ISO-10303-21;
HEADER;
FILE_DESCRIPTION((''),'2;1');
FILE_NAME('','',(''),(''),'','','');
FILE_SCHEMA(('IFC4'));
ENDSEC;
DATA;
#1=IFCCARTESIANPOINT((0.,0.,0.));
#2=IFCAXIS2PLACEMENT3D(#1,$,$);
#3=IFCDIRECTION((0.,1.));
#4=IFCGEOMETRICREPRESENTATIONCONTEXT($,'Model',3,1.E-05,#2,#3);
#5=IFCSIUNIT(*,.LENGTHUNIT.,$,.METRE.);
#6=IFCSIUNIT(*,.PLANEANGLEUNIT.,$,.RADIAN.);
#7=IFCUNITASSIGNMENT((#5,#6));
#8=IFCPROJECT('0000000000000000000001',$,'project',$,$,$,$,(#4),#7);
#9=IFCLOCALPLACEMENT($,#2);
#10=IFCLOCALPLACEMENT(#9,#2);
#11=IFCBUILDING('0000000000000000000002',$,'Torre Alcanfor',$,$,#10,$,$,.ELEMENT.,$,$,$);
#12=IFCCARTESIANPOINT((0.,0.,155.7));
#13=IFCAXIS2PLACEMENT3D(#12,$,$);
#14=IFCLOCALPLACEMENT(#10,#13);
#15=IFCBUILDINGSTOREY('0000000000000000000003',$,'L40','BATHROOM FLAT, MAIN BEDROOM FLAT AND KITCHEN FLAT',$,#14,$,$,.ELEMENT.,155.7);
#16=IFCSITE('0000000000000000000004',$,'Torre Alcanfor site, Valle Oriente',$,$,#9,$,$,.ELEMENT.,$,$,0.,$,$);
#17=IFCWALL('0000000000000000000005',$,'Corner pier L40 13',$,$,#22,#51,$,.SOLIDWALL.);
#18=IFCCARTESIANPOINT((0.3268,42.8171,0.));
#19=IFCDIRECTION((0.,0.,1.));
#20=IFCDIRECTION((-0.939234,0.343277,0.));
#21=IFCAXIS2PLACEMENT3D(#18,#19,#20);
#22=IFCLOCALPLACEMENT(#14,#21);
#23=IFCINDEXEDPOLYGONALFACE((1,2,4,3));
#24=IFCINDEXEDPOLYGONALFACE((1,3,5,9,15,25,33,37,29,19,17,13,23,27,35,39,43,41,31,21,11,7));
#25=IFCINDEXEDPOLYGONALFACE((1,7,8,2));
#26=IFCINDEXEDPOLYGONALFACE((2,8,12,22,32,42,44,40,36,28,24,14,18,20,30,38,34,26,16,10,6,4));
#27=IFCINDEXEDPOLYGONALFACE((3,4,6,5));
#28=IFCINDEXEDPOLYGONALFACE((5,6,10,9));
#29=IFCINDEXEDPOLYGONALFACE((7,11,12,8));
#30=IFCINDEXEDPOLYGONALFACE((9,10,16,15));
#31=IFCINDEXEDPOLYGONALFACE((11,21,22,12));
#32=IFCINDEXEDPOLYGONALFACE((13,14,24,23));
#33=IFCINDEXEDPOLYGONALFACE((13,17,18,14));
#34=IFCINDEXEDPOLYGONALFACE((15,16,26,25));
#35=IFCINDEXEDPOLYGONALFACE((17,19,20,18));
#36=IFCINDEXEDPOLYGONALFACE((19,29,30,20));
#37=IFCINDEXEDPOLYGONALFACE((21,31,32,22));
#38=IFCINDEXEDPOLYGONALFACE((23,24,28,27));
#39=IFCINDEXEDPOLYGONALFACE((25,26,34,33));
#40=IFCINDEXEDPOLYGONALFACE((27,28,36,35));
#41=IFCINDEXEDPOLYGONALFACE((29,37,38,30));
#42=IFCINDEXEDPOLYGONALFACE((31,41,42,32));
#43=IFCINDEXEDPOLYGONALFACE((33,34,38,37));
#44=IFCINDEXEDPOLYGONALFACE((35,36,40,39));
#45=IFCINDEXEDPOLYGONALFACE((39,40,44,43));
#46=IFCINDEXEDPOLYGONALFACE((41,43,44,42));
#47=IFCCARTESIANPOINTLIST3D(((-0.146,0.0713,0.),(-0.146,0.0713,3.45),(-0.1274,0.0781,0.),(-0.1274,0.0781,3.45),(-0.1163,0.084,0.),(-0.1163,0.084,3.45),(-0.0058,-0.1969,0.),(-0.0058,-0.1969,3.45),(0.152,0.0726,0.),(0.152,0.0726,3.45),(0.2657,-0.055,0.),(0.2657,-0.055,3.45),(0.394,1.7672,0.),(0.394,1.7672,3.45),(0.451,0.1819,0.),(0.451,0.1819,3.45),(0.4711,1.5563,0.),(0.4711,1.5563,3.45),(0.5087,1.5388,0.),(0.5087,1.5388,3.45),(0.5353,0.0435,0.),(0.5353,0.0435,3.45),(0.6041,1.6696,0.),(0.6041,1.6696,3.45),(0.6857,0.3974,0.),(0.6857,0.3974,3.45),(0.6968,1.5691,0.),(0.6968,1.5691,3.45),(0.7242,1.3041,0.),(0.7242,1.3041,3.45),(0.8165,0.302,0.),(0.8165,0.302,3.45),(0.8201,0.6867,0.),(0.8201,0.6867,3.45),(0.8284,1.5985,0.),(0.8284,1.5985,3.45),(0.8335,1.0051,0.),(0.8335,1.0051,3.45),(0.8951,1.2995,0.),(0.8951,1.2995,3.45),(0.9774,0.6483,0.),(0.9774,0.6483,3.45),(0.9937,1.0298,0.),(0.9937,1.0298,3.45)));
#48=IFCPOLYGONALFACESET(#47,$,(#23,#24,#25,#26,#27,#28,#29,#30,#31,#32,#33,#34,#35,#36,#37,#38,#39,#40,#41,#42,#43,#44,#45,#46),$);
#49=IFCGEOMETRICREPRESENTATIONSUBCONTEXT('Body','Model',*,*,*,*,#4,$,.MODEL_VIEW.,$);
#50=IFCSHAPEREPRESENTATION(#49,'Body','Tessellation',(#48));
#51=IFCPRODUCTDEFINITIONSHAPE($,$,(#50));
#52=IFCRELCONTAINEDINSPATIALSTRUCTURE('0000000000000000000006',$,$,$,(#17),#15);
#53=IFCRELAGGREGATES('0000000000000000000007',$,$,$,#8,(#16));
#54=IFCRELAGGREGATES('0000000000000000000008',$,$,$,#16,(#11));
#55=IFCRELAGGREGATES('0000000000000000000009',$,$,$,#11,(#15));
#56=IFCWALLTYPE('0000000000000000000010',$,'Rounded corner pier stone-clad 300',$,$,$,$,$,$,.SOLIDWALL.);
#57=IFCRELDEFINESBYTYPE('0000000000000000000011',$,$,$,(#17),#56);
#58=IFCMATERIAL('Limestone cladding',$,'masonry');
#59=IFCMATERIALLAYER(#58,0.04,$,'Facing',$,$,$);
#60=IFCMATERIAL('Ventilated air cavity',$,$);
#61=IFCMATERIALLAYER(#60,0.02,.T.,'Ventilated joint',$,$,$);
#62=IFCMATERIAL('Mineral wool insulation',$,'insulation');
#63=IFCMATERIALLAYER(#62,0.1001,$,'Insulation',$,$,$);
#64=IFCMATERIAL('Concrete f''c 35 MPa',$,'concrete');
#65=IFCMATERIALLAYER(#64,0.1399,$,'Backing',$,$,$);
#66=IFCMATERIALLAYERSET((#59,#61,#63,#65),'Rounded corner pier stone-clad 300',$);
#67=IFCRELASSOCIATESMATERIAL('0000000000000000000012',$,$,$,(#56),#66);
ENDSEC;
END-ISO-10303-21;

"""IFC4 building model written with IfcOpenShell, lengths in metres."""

from ifc_helpers import new_model, si_unit, direction, frame, origin, place, context, subcontext, project, spatial, polyline, outline, extrude, material, layer, layer_set, type_object, element, save


model = new_model("IFC4")

# Units and contexts
model_context = context("Model", 3, precision=1e-05, world=origin(), true_north=direction((0.0, 1.0)))
body_context = subcontext(model_context, "Body", "Model", "MODEL_VIEW")
ifc_project = project(units=[si_unit("LENGTHUNIT", "METRE"), si_unit("PLANEANGLEUNIT", "RADIAN")], contexts=[model_context])

# Site, building, storey
site_placement = place(None, origin())
site = spatial("IfcSite", under=ifc_project, at=site_placement, Name="Torre Alcanfor site, Valle Oriente", CompositionType="ELEMENT", RefElevation=0.0)
building_placement = place(site_placement, origin())
building = spatial("IfcBuilding", under=site, at=building_placement, Name="Torre Alcanfor", CompositionType="ELEMENT")
storey_placement = place(building_placement, frame((0.0, 0.0, 155.7)))
storey = spatial("IfcBuildingStorey", under=building, at=storey_placement, Name="L40", Description="BATHROOM FLAT, MAIN BEDROOM FLAT AND KITCHEN FLAT", CompositionType="ELEMENT", Elevation=155.7)

# Wall
ifc_material_1 = material(Name="Limestone cladding", Category="masonry")
ifc_layer_1 = layer(ifc_material_1, 0.04, Name="Facing")
ifc_material_2 = material(Name="Ventilated air cavity")
ifc_layer_2 = layer(ifc_material_2, 0.02, ventilated=True, Name="Ventilated joint")
ifc_material_3 = material(Name="Mineral wool insulation", Category="insulation")
ifc_layer_3 = layer(ifc_material_3, 0.1001, Name="Insulation")
ifc_material_4 = material(Name="Concrete f'c 35 MPa", Category="concrete")
ifc_layer_4 = layer(ifc_material_4, 0.1399, Name="Backing")
ifc_layer_set_1 = layer_set([ifc_layer_1, ifc_layer_2, ifc_layer_3, ifc_layer_4], Name="Rounded corner pier stone-clad 300")
wall_type_1 = type_object("IfcWallType", Name="Rounded corner pier stone-clad 300", PredefinedType="SOLIDWALL", material=ifc_layer_set_1)
wall_1_placement = place(storey_placement, frame((0.3268, 42.8171, 0.0), z_axis=(0.0, 0.0, 1.0), x_axis=(-0.939234, 0.343277, 0.0)))
element("IfcWall", 1, at=wall_1_placement, inside=storey, type_object=wall_type_1, Name="Corner pier L40 13", PredefinedType="SOLIDWALL", context=body_context, shape_type="SweptSolid", body=[
    extrude(outline(polyline([(-0.0058, -0.1969), (0.2657, -0.055), (0.5353, 0.0435), (0.8165, 0.302), (0.9774, 0.6483), (0.9937, 1.0298), (0.8951, 1.2995), (0.8284, 1.5985), (0.6968, 1.5691), (0.6041, 1.6696), (0.394, 1.7672), (0.4711, 1.5563), (0.5087, 1.5388), (0.7242, 1.3041), (0.8335, 1.0051), (0.8201, 0.6867), (0.6857, 0.3974), (0.451, 0.1819), (0.152, 0.0726), (-0.1163, 0.084), (-0.1274, 0.0781), (-0.146, 0.0713), (-0.0058, -0.1969)])), origin(), (0.0, 0.0, 1.0), 3.45),
])

save(model, "model.ifc")
